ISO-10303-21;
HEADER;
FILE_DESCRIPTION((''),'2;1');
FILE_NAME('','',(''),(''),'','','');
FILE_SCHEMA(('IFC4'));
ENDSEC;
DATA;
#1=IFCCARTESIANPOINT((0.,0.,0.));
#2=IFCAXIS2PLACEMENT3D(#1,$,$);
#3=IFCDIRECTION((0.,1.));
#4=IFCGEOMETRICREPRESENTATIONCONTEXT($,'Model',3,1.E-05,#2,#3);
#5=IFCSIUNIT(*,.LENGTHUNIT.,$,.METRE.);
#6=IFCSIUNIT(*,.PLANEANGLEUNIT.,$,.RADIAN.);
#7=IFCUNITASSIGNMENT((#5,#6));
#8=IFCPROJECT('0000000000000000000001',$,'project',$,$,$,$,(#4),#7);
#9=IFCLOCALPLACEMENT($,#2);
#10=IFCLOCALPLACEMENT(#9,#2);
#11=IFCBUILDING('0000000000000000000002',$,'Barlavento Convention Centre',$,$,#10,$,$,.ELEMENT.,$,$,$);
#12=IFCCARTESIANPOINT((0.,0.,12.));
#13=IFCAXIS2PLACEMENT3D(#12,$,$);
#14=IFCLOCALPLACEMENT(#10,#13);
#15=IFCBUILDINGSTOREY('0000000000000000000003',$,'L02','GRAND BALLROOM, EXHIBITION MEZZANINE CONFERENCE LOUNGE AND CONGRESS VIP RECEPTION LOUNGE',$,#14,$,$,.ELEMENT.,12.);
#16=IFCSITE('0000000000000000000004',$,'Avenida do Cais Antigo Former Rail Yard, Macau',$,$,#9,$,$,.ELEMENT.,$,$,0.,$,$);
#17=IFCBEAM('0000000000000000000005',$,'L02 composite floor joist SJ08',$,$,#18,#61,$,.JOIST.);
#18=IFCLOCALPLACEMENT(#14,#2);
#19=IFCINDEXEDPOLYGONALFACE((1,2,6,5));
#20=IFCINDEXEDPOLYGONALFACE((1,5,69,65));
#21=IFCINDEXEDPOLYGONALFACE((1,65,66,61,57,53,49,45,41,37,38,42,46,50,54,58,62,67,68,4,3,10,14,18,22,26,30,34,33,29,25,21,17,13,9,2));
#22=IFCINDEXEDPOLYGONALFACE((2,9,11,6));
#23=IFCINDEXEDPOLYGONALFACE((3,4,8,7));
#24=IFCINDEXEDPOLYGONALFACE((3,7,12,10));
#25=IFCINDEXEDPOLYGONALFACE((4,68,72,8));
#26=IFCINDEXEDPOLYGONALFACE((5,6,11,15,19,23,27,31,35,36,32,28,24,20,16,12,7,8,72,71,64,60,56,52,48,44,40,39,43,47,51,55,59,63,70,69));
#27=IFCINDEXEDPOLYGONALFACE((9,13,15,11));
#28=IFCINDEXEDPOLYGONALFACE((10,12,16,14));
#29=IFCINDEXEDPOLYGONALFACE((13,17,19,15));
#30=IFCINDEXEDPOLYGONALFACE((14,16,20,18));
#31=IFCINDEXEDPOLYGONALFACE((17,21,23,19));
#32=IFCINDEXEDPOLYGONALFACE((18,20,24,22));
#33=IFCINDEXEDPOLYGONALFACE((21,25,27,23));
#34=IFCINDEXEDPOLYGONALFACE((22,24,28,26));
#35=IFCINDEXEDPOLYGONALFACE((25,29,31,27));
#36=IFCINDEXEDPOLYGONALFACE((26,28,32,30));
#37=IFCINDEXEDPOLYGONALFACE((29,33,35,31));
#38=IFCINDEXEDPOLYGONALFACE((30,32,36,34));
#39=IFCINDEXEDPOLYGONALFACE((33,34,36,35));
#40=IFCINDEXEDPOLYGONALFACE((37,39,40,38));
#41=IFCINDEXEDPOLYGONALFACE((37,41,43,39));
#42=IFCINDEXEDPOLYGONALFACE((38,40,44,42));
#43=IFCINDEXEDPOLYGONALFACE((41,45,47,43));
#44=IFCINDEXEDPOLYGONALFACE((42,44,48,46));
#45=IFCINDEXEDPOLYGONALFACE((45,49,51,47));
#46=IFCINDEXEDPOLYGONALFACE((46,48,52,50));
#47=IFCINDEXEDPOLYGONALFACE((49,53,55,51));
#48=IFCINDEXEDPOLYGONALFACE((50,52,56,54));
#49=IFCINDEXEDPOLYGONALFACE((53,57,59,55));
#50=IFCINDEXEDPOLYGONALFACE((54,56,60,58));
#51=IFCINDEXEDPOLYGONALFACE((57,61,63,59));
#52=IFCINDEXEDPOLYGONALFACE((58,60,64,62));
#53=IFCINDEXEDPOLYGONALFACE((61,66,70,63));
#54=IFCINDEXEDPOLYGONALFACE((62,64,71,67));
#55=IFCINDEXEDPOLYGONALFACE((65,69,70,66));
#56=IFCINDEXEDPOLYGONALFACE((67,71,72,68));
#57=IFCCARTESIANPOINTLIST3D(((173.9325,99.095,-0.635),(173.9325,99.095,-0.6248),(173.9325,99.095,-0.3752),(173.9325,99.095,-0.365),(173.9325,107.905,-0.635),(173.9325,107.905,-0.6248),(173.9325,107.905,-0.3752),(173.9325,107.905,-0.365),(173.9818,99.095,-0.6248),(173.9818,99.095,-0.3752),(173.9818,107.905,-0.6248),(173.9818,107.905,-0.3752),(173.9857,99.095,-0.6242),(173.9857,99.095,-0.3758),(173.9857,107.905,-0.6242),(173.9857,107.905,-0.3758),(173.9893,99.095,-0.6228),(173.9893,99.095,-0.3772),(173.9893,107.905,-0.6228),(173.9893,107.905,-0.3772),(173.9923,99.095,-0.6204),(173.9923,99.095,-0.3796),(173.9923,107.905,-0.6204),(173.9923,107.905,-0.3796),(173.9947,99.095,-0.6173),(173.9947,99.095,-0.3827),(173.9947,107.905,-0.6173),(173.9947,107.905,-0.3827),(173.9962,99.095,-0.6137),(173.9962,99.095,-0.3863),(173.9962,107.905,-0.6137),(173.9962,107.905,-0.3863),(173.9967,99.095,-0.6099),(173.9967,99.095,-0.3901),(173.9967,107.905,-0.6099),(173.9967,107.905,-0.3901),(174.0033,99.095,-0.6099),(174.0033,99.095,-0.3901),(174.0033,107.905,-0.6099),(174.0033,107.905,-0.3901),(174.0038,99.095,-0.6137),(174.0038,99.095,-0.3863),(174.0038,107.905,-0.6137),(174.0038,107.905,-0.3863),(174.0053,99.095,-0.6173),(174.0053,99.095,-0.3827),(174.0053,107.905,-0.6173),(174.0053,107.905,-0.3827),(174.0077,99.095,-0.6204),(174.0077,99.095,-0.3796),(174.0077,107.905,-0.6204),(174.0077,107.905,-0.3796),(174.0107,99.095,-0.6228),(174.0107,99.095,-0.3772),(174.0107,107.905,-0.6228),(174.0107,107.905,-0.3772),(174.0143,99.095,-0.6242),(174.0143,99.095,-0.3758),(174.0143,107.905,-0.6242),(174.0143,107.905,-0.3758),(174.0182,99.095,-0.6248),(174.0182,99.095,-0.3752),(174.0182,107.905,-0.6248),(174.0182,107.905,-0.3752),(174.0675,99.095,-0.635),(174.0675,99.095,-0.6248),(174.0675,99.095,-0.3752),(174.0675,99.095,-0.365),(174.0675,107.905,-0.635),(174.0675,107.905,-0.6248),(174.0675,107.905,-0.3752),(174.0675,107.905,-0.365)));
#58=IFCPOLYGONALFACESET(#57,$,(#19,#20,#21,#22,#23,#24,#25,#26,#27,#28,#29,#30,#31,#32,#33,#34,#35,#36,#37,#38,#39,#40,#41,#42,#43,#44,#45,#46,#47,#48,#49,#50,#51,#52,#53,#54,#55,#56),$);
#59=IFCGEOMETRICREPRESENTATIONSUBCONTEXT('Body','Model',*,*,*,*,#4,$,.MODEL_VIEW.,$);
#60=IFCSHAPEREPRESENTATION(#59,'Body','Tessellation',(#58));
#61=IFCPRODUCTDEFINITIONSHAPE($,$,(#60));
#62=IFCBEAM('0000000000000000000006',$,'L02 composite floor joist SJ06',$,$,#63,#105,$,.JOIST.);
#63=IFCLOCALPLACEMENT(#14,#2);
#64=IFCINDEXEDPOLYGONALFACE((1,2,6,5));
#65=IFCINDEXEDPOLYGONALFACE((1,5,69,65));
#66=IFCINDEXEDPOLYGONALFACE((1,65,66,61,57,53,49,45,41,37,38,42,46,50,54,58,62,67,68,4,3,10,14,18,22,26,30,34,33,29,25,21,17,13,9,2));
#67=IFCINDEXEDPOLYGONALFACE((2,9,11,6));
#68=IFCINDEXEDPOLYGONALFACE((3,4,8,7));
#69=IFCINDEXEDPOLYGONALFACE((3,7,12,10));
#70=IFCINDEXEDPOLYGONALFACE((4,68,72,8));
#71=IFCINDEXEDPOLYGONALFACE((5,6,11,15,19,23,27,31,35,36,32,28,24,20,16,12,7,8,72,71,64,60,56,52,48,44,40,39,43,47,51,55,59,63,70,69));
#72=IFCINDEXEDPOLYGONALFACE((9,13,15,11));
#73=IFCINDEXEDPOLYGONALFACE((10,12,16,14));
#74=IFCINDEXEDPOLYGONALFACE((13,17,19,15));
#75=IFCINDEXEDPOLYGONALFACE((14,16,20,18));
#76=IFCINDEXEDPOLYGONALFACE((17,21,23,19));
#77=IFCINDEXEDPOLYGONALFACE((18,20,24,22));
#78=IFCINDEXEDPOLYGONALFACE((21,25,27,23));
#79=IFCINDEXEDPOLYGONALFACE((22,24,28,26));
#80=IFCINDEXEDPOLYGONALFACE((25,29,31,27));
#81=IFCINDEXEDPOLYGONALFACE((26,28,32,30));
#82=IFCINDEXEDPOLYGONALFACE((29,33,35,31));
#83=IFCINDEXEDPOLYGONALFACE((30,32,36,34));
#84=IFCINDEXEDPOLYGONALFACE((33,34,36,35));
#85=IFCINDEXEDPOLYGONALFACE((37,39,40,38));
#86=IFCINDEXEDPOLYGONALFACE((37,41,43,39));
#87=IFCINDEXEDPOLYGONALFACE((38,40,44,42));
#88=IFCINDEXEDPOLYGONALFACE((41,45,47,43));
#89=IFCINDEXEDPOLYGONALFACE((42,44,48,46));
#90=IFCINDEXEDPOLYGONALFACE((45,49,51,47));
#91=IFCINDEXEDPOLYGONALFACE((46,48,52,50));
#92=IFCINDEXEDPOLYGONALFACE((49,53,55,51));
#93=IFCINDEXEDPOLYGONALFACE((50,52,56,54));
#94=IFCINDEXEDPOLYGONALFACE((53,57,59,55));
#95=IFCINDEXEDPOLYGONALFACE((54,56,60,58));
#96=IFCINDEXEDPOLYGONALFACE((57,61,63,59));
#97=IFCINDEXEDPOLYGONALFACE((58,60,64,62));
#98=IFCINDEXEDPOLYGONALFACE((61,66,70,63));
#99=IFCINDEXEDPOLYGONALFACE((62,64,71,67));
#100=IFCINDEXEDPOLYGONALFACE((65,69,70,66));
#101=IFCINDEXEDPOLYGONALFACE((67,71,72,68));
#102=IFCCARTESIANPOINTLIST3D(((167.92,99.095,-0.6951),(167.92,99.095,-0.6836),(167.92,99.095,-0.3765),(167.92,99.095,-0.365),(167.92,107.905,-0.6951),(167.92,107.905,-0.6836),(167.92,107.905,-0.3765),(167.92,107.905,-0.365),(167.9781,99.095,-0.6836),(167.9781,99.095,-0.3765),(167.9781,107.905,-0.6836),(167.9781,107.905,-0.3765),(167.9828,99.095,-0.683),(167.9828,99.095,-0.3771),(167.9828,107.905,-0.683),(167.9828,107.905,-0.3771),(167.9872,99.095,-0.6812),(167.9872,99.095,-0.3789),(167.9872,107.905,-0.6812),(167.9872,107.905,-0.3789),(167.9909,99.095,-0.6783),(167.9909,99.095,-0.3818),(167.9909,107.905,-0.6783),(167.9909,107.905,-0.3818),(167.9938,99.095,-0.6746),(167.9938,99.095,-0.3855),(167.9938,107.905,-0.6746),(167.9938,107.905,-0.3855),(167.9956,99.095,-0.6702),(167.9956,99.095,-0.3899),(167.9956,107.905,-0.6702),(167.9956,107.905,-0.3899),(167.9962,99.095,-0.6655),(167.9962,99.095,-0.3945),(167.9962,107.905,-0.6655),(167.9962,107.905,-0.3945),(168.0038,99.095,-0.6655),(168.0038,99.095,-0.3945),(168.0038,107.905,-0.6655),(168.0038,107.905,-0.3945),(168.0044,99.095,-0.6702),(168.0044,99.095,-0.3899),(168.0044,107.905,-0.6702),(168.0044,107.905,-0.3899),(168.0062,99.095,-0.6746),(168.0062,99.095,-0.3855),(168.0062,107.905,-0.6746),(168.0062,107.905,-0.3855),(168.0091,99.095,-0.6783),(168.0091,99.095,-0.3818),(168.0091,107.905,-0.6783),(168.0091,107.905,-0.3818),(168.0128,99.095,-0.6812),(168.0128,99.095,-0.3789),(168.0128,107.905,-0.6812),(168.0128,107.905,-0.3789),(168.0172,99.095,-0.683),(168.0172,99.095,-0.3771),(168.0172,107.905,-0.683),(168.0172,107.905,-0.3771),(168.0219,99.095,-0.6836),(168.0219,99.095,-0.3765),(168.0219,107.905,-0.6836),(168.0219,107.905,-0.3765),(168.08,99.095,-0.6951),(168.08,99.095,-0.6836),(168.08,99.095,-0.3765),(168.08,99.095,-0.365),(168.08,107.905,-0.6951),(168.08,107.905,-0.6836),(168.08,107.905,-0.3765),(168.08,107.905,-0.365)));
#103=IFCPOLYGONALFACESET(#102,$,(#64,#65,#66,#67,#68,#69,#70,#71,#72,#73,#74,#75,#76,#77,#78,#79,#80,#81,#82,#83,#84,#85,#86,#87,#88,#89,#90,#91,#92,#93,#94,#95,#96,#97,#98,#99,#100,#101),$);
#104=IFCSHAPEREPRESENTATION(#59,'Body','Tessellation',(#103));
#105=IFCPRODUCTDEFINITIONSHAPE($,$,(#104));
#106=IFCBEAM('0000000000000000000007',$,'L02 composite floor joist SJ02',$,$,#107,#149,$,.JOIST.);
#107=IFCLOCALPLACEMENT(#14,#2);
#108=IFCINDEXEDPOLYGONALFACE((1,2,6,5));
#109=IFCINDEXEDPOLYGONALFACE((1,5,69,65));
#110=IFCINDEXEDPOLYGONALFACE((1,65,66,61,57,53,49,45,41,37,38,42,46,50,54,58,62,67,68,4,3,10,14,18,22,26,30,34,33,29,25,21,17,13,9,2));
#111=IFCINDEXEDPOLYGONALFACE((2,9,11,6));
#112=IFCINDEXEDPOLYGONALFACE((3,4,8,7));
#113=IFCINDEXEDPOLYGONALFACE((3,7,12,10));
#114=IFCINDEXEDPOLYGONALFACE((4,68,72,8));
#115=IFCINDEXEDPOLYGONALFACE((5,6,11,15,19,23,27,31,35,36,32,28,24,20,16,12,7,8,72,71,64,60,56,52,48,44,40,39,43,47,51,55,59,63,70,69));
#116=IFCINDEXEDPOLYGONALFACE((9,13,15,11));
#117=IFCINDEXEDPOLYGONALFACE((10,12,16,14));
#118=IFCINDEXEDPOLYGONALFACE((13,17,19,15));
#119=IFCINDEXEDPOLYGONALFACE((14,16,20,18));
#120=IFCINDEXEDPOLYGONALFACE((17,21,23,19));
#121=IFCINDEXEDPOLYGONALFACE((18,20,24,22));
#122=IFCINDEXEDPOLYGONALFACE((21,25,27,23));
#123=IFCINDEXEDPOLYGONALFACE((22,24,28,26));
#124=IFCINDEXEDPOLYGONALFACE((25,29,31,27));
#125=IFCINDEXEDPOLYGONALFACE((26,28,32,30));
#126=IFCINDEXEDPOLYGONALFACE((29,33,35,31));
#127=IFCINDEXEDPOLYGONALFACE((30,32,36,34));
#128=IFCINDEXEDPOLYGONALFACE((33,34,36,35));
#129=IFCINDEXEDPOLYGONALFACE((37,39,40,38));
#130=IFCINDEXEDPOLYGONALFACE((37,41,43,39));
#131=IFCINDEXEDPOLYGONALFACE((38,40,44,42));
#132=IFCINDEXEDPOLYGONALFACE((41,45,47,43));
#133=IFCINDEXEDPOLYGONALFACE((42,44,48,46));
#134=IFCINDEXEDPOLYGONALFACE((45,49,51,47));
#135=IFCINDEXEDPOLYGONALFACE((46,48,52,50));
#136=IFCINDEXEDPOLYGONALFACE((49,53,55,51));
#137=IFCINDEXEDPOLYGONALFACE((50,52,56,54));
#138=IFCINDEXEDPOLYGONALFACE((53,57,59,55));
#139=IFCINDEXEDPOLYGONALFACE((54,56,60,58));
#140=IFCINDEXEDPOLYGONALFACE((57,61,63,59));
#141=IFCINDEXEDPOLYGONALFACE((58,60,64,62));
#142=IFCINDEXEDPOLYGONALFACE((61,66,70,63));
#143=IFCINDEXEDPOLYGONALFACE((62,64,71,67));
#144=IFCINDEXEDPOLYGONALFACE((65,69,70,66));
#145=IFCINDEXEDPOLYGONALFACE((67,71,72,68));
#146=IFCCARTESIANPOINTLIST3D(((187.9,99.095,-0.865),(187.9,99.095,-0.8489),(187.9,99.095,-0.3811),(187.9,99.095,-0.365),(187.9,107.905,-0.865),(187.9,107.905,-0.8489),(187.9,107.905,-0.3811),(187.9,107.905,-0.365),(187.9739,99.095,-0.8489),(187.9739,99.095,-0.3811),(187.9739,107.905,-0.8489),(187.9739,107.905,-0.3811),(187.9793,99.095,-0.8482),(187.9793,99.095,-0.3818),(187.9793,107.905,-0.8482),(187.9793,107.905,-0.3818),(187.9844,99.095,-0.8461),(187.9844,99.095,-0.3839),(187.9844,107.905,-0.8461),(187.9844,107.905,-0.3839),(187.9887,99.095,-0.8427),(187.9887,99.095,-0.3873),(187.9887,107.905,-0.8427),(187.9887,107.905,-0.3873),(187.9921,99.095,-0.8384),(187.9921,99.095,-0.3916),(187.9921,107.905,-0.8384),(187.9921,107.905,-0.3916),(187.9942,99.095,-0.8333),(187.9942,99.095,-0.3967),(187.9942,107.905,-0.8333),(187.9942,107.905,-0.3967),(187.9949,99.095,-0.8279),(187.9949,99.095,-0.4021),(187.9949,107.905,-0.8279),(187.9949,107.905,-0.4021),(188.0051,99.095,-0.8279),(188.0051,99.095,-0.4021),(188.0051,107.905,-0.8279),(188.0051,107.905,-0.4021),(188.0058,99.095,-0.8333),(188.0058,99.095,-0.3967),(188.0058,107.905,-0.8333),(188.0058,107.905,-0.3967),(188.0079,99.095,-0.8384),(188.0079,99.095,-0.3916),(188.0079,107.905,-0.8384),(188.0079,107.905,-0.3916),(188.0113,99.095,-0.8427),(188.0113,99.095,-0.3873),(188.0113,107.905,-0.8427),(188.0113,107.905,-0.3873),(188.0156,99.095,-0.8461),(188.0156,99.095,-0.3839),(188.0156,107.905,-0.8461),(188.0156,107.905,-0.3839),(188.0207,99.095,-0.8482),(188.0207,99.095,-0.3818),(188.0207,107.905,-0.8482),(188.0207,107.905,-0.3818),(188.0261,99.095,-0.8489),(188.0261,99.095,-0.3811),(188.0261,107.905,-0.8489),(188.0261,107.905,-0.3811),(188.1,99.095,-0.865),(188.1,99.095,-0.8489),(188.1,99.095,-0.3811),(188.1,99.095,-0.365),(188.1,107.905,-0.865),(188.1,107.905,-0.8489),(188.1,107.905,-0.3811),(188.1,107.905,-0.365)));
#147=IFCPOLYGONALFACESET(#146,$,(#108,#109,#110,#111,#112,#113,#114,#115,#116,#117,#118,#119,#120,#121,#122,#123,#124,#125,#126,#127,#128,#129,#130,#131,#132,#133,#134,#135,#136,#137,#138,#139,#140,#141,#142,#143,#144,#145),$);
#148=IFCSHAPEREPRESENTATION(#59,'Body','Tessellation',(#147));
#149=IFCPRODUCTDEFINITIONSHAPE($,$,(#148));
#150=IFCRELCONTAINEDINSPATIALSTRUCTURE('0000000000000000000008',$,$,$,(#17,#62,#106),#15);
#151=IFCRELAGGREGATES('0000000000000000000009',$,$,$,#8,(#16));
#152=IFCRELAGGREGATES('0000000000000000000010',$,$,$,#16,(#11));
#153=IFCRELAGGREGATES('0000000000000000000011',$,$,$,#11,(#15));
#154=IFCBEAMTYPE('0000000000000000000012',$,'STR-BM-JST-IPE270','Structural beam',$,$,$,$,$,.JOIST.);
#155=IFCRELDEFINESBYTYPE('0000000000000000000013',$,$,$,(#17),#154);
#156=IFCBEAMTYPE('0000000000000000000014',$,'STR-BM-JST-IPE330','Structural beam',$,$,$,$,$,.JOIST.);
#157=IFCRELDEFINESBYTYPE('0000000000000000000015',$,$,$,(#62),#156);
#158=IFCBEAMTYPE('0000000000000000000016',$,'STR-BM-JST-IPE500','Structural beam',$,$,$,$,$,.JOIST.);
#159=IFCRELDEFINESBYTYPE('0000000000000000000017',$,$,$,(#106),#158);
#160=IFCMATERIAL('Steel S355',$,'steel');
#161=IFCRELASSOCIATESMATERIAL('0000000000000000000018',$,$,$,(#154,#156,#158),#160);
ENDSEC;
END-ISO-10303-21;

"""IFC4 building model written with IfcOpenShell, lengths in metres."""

from ifc_helpers import new_model, si_unit, direction, frame, origin, origin_2d, place, context, subcontext, project, spatial, i_section, extrude, material, material_profile, profile_set, type_object, element, save


model = new_model("IFC4")

# Units and contexts
model_context = context("Model", 3, precision=1e-05, world=origin(), true_north=direction((0.0, 1.0)))
body_context = subcontext(model_context, "Body", "Model", "MODEL_VIEW")
ifc_project = project(units=[si_unit("LENGTHUNIT", "METRE"), si_unit("PLANEANGLEUNIT", "RADIAN")], contexts=[model_context])

# Site, building, storey
site_placement = place(None, origin())
site = spatial("IfcSite", under=ifc_project, at=site_placement, Name="Avenida do Cais Antigo Former Rail Yard, Macau", CompositionType="ELEMENT", RefElevation=0.0)
building_placement = place(site_placement, origin())
building = spatial("IfcBuilding", under=site, at=building_placement, Name="Barlavento Convention Centre", CompositionType="ELEMENT")
storey_placement = place(building_placement, frame((0.0, 0.0, 12.0)))
storey = spatial("IfcBuildingStorey", under=building, at=storey_placement, Name="L02", Description="GRAND BALLROOM, EXHIBITION MEZZANINE CONFERENCE LOUNGE AND CONGRESS VIP RECEPTION LOUNGE", CompositionType="ELEMENT", Elevation=12.0)

# Shared definitions
ifc_material_1 = material(Name="Steel S355", Category="steel")

# Beams
ifc_material_profile_1 = material_profile(ifc_material_1, i_section(OverallWidth=0.135, OverallDepth=0.27, WebThickness=0.0066, FlangeThickness=0.0103, FilletRadius=0.0149, at=origin_2d()), Name="IPE 270")
ifc_profile_set_1 = profile_set([ifc_material_profile_1], Name="Steel S355")
beam_type_1 = type_object("IfcBeamType", Name="STR-BM-JST-IPE270", Description="Structural beam", PredefinedType="JOIST", material=ifc_profile_set_1)
beam_1_placement = place(storey_placement, frame((174.0, 99.095, -0.5), z_axis=(0.0, 1.0, 0.0), x_axis=(-1.0, 0.0, 0.0)))
element("IfcBeam", 1, at=beam_1_placement, inside=storey, type_object=beam_type_1, Name="L02 composite floor joist SJ08", PredefinedType="JOIST", context=body_context, shape_type="SweptSolid", body=[
    extrude(i_section(OverallWidth=0.135, OverallDepth=0.27, WebThickness=0.0066, FlangeThickness=0.0103, FilletRadius=0.0149, at=origin_2d()), origin(), (0.0, 0.0, 1.0), 8.8101),
])
ifc_material_profile_2 = material_profile(ifc_material_1, i_section(OverallWidth=0.1599, OverallDepth=0.3301, WebThickness=0.0076, FlangeThickness=0.0115, FilletRadius=0.0181, at=origin_2d()), Name="IPE 330")
ifc_profile_set_2 = profile_set([ifc_material_profile_2], Name="Steel S355")
beam_type_2 = type_object("IfcBeamType", Name="STR-BM-JST-IPE330", Description="Structural beam", PredefinedType="JOIST", material=ifc_profile_set_2)
beam_2_placement = place(storey_placement, frame((168.0, 99.095, -0.53), z_axis=(0.0, 1.0, 0.0), x_axis=(-1.0, 0.0, 0.0)))
element("IfcBeam", 2, at=beam_2_placement, inside=storey, type_object=beam_type_2, Name="L02 composite floor joist SJ06", PredefinedType="JOIST", context=body_context, shape_type="SweptSolid", body=[
    extrude(i_section(OverallWidth=0.1599, OverallDepth=0.3301, WebThickness=0.0076, FlangeThickness=0.0115, FilletRadius=0.0181, at=origin_2d()), origin(), (0.0, 0.0, 1.0), 8.8101),
])
ifc_material_profile_3 = material_profile(ifc_material_1, i_section(OverallWidth=0.2, OverallDepth=0.5, WebThickness=0.0103, FlangeThickness=0.0161, FilletRadius=0.021, at=origin_2d()), Name="IPE 500")
ifc_profile_set_3 = profile_set([ifc_material_profile_3], Name="Steel S355")
beam_type_3 = type_object("IfcBeamType", Name="STR-BM-JST-IPE500", Description="Structural beam", PredefinedType="JOIST", material=ifc_profile_set_3)
beam_3_placement = place(storey_placement, frame((188.0, 99.095, -0.615), z_axis=(0.0, 1.0, 0.0), x_axis=(-1.0, 0.0, 0.0)))
element("IfcBeam", 3, at=beam_3_placement, inside=storey, type_object=beam_type_3, Name="L02 composite floor joist SJ02", PredefinedType="JOIST", context=body_context, shape_type="SweptSolid", body=[
    extrude(i_section(OverallWidth=0.2, OverallDepth=0.5, WebThickness=0.0103, FlangeThickness=0.0161, FilletRadius=0.021, at=origin_2d()), origin(), (0.0, 0.0, 1.0), 8.8101),
])

save(model, "model.ifc")
